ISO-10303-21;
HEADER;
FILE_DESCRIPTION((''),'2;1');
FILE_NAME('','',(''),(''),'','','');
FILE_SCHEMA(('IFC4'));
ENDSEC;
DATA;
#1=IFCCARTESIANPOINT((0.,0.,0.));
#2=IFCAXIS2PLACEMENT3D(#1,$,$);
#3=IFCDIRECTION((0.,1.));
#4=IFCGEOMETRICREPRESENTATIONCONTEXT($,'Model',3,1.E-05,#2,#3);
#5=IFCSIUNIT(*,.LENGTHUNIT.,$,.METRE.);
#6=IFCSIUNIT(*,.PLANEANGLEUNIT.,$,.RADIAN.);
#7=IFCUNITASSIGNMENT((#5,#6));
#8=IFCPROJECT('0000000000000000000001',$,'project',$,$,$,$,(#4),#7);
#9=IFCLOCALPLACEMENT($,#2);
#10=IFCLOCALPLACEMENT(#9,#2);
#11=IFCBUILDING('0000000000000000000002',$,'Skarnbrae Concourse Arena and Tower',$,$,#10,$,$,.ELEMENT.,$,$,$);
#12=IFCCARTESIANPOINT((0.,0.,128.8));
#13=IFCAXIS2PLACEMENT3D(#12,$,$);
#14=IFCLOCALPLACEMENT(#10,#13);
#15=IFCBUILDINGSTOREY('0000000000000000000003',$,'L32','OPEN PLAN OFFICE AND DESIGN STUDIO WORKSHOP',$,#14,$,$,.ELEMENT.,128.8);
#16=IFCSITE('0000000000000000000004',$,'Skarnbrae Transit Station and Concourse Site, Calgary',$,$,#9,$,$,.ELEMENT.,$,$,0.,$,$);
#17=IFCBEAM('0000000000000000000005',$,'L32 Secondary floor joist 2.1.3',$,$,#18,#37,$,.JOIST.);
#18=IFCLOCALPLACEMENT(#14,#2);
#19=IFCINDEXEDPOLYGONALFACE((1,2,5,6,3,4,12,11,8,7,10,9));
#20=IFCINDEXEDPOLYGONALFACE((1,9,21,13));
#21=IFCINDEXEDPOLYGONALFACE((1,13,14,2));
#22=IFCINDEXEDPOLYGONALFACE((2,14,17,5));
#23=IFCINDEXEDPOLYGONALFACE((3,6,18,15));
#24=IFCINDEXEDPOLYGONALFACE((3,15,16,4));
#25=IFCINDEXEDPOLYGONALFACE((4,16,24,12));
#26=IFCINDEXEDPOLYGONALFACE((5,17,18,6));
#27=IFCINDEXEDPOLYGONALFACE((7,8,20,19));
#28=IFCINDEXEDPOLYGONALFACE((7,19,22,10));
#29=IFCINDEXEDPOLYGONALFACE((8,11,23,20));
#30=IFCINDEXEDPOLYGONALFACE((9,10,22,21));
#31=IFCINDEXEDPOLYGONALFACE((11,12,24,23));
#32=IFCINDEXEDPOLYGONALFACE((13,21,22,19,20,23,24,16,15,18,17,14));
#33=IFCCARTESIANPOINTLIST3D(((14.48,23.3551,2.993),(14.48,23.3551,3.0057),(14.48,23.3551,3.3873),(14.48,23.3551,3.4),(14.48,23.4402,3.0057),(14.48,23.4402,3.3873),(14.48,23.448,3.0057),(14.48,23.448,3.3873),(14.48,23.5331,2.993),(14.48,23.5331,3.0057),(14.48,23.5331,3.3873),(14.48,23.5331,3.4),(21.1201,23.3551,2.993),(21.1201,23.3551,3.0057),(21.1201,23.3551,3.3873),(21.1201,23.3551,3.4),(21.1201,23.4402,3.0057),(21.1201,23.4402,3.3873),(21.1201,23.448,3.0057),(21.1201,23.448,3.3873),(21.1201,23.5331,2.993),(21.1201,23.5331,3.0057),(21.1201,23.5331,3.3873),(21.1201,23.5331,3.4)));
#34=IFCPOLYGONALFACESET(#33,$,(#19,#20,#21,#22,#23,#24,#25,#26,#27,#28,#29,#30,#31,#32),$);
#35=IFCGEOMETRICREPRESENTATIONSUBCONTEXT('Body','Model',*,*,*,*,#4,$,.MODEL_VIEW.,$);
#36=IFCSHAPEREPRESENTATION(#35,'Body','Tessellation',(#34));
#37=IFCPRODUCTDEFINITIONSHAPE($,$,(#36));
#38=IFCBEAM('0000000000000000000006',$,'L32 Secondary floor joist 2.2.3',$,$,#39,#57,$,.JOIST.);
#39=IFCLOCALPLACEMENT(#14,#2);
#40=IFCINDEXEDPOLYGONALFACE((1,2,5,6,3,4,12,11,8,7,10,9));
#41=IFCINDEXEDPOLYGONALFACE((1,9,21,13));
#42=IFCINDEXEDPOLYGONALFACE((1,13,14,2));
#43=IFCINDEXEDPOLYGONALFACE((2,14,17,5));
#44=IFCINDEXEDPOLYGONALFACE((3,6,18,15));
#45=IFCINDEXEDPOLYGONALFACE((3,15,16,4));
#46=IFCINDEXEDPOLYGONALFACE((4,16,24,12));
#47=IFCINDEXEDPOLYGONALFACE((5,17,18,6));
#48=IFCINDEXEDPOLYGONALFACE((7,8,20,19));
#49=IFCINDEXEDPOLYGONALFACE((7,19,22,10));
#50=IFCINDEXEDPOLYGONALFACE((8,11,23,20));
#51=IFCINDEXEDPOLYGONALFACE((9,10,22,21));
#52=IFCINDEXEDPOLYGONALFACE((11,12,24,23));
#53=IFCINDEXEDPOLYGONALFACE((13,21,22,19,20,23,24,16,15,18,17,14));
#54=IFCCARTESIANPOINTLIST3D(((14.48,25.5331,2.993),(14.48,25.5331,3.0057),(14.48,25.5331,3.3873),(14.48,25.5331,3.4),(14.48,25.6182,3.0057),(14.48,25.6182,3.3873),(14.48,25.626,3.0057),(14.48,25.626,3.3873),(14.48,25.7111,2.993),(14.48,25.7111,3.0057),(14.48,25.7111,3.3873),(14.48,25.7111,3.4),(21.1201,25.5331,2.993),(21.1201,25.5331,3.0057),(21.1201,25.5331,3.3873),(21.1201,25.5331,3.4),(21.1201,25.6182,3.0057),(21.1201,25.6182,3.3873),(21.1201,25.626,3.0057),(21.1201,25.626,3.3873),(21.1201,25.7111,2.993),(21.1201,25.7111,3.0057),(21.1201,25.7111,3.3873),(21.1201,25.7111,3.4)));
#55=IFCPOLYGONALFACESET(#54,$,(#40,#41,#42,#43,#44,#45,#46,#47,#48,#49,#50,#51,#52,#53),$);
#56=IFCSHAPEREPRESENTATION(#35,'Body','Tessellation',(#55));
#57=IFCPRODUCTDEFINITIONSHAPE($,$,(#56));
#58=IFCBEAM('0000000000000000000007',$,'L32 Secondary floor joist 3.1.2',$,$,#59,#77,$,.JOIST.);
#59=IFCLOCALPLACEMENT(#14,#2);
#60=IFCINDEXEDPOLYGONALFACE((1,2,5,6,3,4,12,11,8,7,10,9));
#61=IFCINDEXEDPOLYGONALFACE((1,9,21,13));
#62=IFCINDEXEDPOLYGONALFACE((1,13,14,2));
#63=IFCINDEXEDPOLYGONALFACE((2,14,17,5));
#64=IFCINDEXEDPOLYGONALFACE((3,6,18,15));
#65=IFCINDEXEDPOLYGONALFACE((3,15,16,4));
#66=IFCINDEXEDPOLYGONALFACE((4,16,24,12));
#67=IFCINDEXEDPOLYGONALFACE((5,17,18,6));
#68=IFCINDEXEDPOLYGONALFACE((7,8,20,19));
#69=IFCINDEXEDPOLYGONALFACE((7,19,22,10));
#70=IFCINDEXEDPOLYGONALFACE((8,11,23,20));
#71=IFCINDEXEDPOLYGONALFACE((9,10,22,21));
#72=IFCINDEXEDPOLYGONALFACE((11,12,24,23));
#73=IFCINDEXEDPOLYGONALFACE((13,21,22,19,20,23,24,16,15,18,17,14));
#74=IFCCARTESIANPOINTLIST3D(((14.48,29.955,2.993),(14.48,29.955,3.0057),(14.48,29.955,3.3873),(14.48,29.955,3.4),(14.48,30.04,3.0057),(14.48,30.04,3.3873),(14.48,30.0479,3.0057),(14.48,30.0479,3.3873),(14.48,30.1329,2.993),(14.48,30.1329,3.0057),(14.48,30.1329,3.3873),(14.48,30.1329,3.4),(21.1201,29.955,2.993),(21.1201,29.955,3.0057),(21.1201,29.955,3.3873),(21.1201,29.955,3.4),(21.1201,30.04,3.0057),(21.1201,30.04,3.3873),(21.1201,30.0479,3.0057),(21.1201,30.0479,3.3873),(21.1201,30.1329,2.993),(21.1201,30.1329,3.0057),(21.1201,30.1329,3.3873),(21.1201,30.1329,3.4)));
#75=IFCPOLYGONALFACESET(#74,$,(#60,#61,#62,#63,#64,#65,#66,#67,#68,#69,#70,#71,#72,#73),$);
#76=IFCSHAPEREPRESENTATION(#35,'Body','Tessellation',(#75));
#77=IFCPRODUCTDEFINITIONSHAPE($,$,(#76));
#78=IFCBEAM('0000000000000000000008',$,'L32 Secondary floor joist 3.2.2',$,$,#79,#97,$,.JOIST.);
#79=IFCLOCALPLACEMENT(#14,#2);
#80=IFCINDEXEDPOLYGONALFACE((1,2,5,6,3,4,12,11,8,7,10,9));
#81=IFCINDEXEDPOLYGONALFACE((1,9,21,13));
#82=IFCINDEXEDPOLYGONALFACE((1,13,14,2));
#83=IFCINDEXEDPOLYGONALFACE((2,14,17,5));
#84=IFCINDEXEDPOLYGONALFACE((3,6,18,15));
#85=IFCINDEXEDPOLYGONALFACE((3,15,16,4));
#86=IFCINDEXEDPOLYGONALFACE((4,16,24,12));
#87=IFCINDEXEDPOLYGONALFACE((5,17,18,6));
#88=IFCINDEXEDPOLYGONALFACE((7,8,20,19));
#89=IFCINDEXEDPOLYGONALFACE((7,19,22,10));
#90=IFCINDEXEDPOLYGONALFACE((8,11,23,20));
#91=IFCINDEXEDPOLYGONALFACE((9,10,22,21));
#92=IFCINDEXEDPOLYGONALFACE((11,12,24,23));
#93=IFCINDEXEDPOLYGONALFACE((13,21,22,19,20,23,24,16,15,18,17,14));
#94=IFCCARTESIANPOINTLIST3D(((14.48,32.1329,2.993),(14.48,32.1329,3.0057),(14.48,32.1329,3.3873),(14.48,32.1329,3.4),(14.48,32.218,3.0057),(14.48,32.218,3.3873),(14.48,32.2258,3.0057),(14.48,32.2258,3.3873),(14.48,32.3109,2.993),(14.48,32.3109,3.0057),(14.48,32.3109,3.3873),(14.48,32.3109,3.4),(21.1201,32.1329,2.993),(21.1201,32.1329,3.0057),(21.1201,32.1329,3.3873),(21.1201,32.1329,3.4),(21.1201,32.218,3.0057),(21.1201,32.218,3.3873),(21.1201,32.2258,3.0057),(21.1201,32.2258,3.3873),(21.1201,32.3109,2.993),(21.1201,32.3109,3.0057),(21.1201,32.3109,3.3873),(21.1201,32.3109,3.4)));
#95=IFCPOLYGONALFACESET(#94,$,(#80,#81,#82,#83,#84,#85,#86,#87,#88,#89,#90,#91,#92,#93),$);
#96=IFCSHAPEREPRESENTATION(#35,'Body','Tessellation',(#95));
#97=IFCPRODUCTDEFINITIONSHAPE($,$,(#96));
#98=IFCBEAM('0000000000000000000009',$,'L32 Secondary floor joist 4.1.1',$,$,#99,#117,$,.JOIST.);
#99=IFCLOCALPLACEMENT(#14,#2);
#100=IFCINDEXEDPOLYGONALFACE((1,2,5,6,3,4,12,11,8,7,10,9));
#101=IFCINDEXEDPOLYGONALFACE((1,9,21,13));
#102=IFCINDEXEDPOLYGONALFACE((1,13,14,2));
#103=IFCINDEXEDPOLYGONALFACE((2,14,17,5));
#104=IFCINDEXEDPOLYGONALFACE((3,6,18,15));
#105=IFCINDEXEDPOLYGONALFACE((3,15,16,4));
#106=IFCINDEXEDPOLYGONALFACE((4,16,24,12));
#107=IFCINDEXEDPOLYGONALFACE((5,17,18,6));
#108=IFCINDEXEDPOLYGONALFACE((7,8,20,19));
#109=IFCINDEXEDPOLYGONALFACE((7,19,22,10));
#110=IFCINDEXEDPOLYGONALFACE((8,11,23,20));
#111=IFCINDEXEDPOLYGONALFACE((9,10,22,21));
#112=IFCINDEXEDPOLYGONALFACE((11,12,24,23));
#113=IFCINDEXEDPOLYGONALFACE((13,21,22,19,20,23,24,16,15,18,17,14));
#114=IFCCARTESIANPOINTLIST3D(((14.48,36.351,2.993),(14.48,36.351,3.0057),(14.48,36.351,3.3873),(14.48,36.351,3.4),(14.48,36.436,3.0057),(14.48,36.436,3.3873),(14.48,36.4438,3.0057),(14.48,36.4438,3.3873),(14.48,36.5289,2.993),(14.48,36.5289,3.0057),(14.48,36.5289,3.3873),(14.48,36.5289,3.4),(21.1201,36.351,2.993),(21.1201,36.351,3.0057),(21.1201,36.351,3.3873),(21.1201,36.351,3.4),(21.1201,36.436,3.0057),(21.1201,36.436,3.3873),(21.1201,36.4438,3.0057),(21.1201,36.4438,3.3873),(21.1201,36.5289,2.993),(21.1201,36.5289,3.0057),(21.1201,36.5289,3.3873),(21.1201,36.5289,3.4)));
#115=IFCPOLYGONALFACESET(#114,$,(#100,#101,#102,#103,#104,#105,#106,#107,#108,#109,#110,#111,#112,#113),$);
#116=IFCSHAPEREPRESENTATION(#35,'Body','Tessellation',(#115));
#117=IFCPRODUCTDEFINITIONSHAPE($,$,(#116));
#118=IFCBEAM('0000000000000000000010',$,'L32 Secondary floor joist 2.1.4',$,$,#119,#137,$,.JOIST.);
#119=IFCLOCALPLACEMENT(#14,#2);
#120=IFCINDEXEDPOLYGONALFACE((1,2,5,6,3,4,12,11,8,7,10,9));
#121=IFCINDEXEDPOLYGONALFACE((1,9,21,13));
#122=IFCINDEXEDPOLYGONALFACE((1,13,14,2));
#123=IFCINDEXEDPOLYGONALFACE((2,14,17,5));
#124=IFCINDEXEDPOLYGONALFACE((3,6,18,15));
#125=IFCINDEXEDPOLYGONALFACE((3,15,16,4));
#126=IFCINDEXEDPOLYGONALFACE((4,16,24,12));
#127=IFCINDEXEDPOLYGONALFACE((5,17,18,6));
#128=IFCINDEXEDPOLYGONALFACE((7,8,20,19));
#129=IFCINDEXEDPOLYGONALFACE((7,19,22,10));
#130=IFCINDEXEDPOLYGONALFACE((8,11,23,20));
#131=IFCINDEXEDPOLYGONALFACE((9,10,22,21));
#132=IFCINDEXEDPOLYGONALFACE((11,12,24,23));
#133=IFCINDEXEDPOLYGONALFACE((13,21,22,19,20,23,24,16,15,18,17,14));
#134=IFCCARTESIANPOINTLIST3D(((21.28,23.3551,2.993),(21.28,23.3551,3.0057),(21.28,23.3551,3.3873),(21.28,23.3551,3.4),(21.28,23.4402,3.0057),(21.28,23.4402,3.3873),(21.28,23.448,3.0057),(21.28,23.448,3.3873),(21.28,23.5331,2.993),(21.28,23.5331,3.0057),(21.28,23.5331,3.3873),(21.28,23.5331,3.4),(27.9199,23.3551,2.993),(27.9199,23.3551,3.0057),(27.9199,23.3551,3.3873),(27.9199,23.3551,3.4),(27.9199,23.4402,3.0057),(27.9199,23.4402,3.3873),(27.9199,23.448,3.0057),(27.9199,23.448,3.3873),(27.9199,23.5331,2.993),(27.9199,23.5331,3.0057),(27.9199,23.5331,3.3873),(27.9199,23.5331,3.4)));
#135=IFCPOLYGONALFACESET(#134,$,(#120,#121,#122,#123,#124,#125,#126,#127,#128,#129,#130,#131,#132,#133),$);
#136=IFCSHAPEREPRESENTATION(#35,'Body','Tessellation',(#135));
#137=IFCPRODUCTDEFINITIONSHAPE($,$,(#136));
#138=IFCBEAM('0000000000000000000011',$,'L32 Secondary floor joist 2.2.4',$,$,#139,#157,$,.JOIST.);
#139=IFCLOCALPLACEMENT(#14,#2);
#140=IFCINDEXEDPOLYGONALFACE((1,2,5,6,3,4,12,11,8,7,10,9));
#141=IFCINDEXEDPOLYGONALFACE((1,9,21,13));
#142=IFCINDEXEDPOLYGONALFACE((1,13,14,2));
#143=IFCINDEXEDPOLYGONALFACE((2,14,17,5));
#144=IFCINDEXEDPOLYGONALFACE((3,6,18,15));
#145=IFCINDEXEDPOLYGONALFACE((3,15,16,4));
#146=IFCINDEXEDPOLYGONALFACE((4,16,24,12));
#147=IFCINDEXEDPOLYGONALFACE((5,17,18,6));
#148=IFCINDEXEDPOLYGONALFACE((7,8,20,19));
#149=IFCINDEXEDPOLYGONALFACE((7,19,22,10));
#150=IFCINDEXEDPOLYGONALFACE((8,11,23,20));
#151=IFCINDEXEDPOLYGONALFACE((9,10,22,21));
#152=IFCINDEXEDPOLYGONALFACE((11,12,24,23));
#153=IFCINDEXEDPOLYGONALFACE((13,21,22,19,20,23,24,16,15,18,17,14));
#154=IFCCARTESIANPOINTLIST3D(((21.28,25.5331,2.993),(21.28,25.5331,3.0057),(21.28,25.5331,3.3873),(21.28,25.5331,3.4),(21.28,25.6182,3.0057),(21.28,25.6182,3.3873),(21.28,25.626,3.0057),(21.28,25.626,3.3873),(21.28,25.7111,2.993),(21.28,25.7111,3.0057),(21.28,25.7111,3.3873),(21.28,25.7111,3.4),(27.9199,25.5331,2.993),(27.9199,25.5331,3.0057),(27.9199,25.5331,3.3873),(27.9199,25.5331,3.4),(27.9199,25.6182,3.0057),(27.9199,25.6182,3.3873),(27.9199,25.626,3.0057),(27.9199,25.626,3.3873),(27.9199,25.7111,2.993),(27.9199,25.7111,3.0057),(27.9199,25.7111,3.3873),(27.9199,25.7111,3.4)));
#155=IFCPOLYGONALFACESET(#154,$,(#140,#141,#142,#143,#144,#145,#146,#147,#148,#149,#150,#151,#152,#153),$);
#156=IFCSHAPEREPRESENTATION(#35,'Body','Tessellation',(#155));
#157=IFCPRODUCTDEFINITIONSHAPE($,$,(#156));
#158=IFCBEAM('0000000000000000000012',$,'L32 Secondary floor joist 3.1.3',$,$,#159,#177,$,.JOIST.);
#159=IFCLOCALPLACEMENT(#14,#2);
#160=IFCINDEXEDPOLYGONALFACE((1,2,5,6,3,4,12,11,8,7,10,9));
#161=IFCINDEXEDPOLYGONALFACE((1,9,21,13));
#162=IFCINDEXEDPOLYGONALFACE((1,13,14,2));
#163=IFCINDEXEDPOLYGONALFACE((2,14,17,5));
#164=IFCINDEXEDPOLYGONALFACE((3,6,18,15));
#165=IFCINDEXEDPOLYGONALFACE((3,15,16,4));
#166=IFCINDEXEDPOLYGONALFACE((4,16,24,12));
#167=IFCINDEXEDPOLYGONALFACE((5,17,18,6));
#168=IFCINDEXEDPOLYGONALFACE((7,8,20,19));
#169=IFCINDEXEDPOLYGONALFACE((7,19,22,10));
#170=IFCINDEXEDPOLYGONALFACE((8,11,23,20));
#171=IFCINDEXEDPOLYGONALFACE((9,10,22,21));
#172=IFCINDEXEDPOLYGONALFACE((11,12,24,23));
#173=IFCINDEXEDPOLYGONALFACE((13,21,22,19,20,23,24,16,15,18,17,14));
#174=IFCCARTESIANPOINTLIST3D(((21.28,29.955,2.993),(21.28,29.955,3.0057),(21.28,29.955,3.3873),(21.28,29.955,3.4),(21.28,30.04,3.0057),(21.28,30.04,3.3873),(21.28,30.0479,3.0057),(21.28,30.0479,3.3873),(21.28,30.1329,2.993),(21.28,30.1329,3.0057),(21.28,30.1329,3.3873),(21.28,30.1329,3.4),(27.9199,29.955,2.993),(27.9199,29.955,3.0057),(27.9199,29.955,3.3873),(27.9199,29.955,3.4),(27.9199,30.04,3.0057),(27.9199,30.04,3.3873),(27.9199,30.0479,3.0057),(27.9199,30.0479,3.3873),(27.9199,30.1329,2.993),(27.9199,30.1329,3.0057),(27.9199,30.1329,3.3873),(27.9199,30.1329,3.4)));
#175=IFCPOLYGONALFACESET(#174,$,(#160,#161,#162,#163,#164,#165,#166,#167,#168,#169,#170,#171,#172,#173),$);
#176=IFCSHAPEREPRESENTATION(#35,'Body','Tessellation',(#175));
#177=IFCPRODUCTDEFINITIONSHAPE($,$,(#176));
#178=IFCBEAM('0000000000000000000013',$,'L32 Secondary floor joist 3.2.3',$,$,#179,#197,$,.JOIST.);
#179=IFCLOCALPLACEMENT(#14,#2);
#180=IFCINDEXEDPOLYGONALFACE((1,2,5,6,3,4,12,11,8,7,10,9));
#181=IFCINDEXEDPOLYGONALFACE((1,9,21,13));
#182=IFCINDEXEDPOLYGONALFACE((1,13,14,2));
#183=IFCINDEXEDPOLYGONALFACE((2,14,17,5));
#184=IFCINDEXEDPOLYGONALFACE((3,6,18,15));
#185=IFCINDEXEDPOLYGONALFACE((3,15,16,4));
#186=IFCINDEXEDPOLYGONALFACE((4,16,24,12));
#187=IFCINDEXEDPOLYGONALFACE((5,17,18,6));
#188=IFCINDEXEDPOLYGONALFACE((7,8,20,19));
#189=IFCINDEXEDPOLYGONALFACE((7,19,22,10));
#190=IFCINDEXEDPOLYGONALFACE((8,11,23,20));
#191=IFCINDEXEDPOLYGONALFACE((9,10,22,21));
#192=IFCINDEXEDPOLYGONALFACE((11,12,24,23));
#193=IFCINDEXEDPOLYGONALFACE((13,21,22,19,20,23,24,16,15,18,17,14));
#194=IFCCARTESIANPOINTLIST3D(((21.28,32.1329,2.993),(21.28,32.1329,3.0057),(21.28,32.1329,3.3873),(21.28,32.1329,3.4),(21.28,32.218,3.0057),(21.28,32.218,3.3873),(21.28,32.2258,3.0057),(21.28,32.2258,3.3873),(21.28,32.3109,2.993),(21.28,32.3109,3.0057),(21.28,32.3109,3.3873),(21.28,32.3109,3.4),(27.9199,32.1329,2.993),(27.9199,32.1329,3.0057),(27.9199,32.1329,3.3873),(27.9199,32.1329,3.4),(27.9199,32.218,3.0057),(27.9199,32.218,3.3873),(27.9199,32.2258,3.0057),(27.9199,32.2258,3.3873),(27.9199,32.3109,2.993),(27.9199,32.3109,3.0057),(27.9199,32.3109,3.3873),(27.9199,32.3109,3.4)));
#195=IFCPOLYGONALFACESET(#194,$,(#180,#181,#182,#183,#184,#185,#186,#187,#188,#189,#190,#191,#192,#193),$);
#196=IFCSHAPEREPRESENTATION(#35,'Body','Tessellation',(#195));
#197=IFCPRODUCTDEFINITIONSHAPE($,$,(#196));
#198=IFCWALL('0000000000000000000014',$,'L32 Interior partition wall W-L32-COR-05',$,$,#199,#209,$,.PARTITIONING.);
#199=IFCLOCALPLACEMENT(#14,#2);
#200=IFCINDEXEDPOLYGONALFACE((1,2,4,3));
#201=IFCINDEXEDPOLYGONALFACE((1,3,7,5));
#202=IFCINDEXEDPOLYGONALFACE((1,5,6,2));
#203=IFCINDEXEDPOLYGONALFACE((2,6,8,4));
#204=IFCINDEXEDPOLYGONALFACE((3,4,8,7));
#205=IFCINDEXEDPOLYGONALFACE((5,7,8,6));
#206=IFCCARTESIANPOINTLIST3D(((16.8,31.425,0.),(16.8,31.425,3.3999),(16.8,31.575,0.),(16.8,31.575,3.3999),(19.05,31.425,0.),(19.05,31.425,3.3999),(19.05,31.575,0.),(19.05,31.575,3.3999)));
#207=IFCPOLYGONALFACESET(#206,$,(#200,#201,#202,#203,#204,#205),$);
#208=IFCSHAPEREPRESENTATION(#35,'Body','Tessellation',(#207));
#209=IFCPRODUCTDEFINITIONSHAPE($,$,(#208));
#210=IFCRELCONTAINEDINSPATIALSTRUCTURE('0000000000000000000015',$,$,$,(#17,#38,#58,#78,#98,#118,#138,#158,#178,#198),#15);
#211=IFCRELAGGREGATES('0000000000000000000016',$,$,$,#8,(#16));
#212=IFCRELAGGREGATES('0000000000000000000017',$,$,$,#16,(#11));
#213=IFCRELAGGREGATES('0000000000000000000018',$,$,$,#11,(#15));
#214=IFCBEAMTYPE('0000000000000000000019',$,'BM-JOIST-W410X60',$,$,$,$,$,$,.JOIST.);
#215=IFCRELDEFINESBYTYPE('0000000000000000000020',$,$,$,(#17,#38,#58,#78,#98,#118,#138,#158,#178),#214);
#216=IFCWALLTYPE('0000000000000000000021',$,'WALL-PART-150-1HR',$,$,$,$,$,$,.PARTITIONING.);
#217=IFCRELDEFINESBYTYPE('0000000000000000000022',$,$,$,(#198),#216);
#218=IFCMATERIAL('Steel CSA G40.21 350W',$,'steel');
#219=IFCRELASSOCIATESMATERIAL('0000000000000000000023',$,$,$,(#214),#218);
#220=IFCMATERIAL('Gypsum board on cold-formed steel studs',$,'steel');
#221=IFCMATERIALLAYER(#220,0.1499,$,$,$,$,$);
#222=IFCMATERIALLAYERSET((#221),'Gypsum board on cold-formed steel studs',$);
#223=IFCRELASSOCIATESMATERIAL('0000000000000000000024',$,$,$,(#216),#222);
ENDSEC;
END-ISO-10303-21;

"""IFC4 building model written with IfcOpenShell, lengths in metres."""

from ifc_helpers import new_model, si_unit, direction, frame, frame_2d, origin, origin_2d, place, context, subcontext, project, spatial, rectangle, i_section, extrude, source, transform, mapped, material, layer, layer_set, material_profile, profile_set, type_object, element, save


model = new_model("IFC4")

# Units and contexts
model_context = context("Model", 3, precision=1e-05, world=origin(), true_north=direction((0.0, 1.0)))
body_context = subcontext(model_context, "Body", "Model", "MODEL_VIEW")
ifc_project = project(units=[si_unit("LENGTHUNIT", "METRE"), si_unit("PLANEANGLEUNIT", "RADIAN")], contexts=[model_context])

# Site, building, storey
site_placement = place(None, origin())
site = spatial("IfcSite", under=ifc_project, at=site_placement, Name="Skarnbrae Transit Station and Concourse Site, Calgary", CompositionType="ELEMENT", RefElevation=0.0)
building_placement = place(site_placement, origin())
building = spatial("IfcBuilding", under=site, at=building_placement, Name="Skarnbrae Concourse Arena and Tower", CompositionType="ELEMENT")
storey_placement = place(building_placement, frame((0.0, 0.0, 128.8)))
storey = spatial("IfcBuildingStorey", under=building, at=storey_placement, Name="L32", Description="OPEN PLAN OFFICE AND DESIGN STUDIO WORKSHOP", CompositionType="ELEMENT", Elevation=128.8)

# Shared definitions
ifc_material_1 = material(Name="Steel CSA G40.21 350W", Category="steel")

# Beams
ifc_material_profile_1 = material_profile(ifc_material_1, i_section(OverallWidth=0.178, OverallDepth=0.407, WebThickness=0.0078, FlangeThickness=0.0127, at=origin_2d()), Name="W410X60")
ifc_profile_set_1 = profile_set([ifc_material_profile_1], Name="Steel CSA G40.21 350W")
beam_type_1 = type_object("IfcBeamType", Name="BM-JOIST-W410X60", PredefinedType="JOIST", material=ifc_profile_set_1)
shared_shape_1 = source(origin(), body_context, "Body", "SweptSolid", [
    extrude(i_section(OverallWidth=0.178, OverallDepth=0.407, WebThickness=0.0078, FlangeThickness=0.0127, at=origin_2d()), origin(), (0.0, 0.0, 1.0), 6.6401),
])
for number, where, z_axis, x_axis, name in (
    (1, (14.48, 23.4441, 3.1965), (1.0, 0.0, 0.0), (0.0, 1.0, 0.0), "L32 Secondary floor joist 2.1.3"),
    (2, (14.48, 25.6221, 3.1965), (1.0, 0.0, 0.0), (0.0, 1.0, 0.0), "L32 Secondary floor joist 2.2.3"),
    (3, (14.48, 30.0439, 3.1965), (1.0, 0.0, 0.0), (0.0, 1.0, 0.0), "L32 Secondary floor joist 3.1.2"),
    (4, (14.48, 32.2219, 3.1965), (1.0, 0.0, 0.0), (0.0, 1.0, 0.0), "L32 Secondary floor joist 3.2.2"),
    (5, (14.48, 36.4399, 3.1965), (1.0, 0.0, 0.0), (0.0, 1.0, 0.0), "L32 Secondary floor joist 4.1.1"),
):
    element("IfcBeam", number, at=place(storey_placement, frame(where, z_axis=z_axis, x_axis=x_axis)), inside=storey, type_object=beam_type_1, Name=name, PredefinedType="JOIST", context=body_context, shape_type="MappedRepresentation", body=[
        mapped(shared_shape_1, transform((0.0, 0.0, 0.0))),
    ])
shared_shape_2 = source(origin(), body_context, "Body", "SweptSolid", [
    extrude(i_section(OverallWidth=0.178, OverallDepth=0.407, WebThickness=0.0078, FlangeThickness=0.0127, at=origin_2d()), origin(), (0.0, 0.0, 1.0), 6.6399),
])
for number, where, z_axis, x_axis, name in (
    (6, (21.28, 23.4441, 3.1965), (1.0, 0.0, 0.0), (0.0, 1.0, 0.0), "L32 Secondary floor joist 2.1.4"),
    (7, (21.28, 25.6221, 3.1965), (1.0, 0.0, 0.0), (0.0, 1.0, 0.0), "L32 Secondary floor joist 2.2.4"),
    (8, (21.28, 30.0439, 3.1965), (1.0, 0.0, 0.0), (0.0, 1.0, 0.0), "L32 Secondary floor joist 3.1.3"),
    (9, (21.28, 32.2219, 3.1965), (1.0, 0.0, 0.0), (0.0, 1.0, 0.0), "L32 Secondary floor joist 3.2.3"),
):
    element("IfcBeam", number, at=place(storey_placement, frame(where, z_axis=z_axis, x_axis=x_axis)), inside=storey, type_object=beam_type_1, Name=name, PredefinedType="JOIST", context=body_context, shape_type="MappedRepresentation", body=[
        mapped(shared_shape_2, transform((0.0, 0.0, 0.0))),
    ])

# Wall
ifc_material_2 = material(Name="Gypsum board on cold-formed steel studs", Category="steel")
ifc_layer_1 = layer(ifc_material_2, 0.1499)
ifc_layer_set_1 = layer_set([ifc_layer_1], Name="Gypsum board on cold-formed steel studs")
wall_type_1 = type_object("IfcWallType", Name="WALL-PART-150-1HR", PredefinedType="PARTITIONING", material=ifc_layer_set_1)
shared_shape_3 = source(origin(), body_context, "Body", "SweptSolid", [
    extrude(rectangle(XDim=2.25, YDim=0.1499, at=frame_2d((1.125, 0.0))), origin(), (0.0, 0.0, 1.0), 3.3999),
])
wall_1_placement = place(storey_placement, frame((16.8, 31.5, 0.0), z_axis=(0.0, 0.0, 1.0), x_axis=(1.0, 0.0, 0.0)))
element("IfcWall", 10, at=wall_1_placement, inside=storey, type_object=wall_type_1, Name="L32 Interior partition wall W-L32-COR-05", PredefinedType="PARTITIONING", context=body_context, shape_type="MappedRepresentation", body=[
    mapped(shared_shape_3, transform((0.0, 0.0, 0.0))),
])

save(model, "model.ifc")
